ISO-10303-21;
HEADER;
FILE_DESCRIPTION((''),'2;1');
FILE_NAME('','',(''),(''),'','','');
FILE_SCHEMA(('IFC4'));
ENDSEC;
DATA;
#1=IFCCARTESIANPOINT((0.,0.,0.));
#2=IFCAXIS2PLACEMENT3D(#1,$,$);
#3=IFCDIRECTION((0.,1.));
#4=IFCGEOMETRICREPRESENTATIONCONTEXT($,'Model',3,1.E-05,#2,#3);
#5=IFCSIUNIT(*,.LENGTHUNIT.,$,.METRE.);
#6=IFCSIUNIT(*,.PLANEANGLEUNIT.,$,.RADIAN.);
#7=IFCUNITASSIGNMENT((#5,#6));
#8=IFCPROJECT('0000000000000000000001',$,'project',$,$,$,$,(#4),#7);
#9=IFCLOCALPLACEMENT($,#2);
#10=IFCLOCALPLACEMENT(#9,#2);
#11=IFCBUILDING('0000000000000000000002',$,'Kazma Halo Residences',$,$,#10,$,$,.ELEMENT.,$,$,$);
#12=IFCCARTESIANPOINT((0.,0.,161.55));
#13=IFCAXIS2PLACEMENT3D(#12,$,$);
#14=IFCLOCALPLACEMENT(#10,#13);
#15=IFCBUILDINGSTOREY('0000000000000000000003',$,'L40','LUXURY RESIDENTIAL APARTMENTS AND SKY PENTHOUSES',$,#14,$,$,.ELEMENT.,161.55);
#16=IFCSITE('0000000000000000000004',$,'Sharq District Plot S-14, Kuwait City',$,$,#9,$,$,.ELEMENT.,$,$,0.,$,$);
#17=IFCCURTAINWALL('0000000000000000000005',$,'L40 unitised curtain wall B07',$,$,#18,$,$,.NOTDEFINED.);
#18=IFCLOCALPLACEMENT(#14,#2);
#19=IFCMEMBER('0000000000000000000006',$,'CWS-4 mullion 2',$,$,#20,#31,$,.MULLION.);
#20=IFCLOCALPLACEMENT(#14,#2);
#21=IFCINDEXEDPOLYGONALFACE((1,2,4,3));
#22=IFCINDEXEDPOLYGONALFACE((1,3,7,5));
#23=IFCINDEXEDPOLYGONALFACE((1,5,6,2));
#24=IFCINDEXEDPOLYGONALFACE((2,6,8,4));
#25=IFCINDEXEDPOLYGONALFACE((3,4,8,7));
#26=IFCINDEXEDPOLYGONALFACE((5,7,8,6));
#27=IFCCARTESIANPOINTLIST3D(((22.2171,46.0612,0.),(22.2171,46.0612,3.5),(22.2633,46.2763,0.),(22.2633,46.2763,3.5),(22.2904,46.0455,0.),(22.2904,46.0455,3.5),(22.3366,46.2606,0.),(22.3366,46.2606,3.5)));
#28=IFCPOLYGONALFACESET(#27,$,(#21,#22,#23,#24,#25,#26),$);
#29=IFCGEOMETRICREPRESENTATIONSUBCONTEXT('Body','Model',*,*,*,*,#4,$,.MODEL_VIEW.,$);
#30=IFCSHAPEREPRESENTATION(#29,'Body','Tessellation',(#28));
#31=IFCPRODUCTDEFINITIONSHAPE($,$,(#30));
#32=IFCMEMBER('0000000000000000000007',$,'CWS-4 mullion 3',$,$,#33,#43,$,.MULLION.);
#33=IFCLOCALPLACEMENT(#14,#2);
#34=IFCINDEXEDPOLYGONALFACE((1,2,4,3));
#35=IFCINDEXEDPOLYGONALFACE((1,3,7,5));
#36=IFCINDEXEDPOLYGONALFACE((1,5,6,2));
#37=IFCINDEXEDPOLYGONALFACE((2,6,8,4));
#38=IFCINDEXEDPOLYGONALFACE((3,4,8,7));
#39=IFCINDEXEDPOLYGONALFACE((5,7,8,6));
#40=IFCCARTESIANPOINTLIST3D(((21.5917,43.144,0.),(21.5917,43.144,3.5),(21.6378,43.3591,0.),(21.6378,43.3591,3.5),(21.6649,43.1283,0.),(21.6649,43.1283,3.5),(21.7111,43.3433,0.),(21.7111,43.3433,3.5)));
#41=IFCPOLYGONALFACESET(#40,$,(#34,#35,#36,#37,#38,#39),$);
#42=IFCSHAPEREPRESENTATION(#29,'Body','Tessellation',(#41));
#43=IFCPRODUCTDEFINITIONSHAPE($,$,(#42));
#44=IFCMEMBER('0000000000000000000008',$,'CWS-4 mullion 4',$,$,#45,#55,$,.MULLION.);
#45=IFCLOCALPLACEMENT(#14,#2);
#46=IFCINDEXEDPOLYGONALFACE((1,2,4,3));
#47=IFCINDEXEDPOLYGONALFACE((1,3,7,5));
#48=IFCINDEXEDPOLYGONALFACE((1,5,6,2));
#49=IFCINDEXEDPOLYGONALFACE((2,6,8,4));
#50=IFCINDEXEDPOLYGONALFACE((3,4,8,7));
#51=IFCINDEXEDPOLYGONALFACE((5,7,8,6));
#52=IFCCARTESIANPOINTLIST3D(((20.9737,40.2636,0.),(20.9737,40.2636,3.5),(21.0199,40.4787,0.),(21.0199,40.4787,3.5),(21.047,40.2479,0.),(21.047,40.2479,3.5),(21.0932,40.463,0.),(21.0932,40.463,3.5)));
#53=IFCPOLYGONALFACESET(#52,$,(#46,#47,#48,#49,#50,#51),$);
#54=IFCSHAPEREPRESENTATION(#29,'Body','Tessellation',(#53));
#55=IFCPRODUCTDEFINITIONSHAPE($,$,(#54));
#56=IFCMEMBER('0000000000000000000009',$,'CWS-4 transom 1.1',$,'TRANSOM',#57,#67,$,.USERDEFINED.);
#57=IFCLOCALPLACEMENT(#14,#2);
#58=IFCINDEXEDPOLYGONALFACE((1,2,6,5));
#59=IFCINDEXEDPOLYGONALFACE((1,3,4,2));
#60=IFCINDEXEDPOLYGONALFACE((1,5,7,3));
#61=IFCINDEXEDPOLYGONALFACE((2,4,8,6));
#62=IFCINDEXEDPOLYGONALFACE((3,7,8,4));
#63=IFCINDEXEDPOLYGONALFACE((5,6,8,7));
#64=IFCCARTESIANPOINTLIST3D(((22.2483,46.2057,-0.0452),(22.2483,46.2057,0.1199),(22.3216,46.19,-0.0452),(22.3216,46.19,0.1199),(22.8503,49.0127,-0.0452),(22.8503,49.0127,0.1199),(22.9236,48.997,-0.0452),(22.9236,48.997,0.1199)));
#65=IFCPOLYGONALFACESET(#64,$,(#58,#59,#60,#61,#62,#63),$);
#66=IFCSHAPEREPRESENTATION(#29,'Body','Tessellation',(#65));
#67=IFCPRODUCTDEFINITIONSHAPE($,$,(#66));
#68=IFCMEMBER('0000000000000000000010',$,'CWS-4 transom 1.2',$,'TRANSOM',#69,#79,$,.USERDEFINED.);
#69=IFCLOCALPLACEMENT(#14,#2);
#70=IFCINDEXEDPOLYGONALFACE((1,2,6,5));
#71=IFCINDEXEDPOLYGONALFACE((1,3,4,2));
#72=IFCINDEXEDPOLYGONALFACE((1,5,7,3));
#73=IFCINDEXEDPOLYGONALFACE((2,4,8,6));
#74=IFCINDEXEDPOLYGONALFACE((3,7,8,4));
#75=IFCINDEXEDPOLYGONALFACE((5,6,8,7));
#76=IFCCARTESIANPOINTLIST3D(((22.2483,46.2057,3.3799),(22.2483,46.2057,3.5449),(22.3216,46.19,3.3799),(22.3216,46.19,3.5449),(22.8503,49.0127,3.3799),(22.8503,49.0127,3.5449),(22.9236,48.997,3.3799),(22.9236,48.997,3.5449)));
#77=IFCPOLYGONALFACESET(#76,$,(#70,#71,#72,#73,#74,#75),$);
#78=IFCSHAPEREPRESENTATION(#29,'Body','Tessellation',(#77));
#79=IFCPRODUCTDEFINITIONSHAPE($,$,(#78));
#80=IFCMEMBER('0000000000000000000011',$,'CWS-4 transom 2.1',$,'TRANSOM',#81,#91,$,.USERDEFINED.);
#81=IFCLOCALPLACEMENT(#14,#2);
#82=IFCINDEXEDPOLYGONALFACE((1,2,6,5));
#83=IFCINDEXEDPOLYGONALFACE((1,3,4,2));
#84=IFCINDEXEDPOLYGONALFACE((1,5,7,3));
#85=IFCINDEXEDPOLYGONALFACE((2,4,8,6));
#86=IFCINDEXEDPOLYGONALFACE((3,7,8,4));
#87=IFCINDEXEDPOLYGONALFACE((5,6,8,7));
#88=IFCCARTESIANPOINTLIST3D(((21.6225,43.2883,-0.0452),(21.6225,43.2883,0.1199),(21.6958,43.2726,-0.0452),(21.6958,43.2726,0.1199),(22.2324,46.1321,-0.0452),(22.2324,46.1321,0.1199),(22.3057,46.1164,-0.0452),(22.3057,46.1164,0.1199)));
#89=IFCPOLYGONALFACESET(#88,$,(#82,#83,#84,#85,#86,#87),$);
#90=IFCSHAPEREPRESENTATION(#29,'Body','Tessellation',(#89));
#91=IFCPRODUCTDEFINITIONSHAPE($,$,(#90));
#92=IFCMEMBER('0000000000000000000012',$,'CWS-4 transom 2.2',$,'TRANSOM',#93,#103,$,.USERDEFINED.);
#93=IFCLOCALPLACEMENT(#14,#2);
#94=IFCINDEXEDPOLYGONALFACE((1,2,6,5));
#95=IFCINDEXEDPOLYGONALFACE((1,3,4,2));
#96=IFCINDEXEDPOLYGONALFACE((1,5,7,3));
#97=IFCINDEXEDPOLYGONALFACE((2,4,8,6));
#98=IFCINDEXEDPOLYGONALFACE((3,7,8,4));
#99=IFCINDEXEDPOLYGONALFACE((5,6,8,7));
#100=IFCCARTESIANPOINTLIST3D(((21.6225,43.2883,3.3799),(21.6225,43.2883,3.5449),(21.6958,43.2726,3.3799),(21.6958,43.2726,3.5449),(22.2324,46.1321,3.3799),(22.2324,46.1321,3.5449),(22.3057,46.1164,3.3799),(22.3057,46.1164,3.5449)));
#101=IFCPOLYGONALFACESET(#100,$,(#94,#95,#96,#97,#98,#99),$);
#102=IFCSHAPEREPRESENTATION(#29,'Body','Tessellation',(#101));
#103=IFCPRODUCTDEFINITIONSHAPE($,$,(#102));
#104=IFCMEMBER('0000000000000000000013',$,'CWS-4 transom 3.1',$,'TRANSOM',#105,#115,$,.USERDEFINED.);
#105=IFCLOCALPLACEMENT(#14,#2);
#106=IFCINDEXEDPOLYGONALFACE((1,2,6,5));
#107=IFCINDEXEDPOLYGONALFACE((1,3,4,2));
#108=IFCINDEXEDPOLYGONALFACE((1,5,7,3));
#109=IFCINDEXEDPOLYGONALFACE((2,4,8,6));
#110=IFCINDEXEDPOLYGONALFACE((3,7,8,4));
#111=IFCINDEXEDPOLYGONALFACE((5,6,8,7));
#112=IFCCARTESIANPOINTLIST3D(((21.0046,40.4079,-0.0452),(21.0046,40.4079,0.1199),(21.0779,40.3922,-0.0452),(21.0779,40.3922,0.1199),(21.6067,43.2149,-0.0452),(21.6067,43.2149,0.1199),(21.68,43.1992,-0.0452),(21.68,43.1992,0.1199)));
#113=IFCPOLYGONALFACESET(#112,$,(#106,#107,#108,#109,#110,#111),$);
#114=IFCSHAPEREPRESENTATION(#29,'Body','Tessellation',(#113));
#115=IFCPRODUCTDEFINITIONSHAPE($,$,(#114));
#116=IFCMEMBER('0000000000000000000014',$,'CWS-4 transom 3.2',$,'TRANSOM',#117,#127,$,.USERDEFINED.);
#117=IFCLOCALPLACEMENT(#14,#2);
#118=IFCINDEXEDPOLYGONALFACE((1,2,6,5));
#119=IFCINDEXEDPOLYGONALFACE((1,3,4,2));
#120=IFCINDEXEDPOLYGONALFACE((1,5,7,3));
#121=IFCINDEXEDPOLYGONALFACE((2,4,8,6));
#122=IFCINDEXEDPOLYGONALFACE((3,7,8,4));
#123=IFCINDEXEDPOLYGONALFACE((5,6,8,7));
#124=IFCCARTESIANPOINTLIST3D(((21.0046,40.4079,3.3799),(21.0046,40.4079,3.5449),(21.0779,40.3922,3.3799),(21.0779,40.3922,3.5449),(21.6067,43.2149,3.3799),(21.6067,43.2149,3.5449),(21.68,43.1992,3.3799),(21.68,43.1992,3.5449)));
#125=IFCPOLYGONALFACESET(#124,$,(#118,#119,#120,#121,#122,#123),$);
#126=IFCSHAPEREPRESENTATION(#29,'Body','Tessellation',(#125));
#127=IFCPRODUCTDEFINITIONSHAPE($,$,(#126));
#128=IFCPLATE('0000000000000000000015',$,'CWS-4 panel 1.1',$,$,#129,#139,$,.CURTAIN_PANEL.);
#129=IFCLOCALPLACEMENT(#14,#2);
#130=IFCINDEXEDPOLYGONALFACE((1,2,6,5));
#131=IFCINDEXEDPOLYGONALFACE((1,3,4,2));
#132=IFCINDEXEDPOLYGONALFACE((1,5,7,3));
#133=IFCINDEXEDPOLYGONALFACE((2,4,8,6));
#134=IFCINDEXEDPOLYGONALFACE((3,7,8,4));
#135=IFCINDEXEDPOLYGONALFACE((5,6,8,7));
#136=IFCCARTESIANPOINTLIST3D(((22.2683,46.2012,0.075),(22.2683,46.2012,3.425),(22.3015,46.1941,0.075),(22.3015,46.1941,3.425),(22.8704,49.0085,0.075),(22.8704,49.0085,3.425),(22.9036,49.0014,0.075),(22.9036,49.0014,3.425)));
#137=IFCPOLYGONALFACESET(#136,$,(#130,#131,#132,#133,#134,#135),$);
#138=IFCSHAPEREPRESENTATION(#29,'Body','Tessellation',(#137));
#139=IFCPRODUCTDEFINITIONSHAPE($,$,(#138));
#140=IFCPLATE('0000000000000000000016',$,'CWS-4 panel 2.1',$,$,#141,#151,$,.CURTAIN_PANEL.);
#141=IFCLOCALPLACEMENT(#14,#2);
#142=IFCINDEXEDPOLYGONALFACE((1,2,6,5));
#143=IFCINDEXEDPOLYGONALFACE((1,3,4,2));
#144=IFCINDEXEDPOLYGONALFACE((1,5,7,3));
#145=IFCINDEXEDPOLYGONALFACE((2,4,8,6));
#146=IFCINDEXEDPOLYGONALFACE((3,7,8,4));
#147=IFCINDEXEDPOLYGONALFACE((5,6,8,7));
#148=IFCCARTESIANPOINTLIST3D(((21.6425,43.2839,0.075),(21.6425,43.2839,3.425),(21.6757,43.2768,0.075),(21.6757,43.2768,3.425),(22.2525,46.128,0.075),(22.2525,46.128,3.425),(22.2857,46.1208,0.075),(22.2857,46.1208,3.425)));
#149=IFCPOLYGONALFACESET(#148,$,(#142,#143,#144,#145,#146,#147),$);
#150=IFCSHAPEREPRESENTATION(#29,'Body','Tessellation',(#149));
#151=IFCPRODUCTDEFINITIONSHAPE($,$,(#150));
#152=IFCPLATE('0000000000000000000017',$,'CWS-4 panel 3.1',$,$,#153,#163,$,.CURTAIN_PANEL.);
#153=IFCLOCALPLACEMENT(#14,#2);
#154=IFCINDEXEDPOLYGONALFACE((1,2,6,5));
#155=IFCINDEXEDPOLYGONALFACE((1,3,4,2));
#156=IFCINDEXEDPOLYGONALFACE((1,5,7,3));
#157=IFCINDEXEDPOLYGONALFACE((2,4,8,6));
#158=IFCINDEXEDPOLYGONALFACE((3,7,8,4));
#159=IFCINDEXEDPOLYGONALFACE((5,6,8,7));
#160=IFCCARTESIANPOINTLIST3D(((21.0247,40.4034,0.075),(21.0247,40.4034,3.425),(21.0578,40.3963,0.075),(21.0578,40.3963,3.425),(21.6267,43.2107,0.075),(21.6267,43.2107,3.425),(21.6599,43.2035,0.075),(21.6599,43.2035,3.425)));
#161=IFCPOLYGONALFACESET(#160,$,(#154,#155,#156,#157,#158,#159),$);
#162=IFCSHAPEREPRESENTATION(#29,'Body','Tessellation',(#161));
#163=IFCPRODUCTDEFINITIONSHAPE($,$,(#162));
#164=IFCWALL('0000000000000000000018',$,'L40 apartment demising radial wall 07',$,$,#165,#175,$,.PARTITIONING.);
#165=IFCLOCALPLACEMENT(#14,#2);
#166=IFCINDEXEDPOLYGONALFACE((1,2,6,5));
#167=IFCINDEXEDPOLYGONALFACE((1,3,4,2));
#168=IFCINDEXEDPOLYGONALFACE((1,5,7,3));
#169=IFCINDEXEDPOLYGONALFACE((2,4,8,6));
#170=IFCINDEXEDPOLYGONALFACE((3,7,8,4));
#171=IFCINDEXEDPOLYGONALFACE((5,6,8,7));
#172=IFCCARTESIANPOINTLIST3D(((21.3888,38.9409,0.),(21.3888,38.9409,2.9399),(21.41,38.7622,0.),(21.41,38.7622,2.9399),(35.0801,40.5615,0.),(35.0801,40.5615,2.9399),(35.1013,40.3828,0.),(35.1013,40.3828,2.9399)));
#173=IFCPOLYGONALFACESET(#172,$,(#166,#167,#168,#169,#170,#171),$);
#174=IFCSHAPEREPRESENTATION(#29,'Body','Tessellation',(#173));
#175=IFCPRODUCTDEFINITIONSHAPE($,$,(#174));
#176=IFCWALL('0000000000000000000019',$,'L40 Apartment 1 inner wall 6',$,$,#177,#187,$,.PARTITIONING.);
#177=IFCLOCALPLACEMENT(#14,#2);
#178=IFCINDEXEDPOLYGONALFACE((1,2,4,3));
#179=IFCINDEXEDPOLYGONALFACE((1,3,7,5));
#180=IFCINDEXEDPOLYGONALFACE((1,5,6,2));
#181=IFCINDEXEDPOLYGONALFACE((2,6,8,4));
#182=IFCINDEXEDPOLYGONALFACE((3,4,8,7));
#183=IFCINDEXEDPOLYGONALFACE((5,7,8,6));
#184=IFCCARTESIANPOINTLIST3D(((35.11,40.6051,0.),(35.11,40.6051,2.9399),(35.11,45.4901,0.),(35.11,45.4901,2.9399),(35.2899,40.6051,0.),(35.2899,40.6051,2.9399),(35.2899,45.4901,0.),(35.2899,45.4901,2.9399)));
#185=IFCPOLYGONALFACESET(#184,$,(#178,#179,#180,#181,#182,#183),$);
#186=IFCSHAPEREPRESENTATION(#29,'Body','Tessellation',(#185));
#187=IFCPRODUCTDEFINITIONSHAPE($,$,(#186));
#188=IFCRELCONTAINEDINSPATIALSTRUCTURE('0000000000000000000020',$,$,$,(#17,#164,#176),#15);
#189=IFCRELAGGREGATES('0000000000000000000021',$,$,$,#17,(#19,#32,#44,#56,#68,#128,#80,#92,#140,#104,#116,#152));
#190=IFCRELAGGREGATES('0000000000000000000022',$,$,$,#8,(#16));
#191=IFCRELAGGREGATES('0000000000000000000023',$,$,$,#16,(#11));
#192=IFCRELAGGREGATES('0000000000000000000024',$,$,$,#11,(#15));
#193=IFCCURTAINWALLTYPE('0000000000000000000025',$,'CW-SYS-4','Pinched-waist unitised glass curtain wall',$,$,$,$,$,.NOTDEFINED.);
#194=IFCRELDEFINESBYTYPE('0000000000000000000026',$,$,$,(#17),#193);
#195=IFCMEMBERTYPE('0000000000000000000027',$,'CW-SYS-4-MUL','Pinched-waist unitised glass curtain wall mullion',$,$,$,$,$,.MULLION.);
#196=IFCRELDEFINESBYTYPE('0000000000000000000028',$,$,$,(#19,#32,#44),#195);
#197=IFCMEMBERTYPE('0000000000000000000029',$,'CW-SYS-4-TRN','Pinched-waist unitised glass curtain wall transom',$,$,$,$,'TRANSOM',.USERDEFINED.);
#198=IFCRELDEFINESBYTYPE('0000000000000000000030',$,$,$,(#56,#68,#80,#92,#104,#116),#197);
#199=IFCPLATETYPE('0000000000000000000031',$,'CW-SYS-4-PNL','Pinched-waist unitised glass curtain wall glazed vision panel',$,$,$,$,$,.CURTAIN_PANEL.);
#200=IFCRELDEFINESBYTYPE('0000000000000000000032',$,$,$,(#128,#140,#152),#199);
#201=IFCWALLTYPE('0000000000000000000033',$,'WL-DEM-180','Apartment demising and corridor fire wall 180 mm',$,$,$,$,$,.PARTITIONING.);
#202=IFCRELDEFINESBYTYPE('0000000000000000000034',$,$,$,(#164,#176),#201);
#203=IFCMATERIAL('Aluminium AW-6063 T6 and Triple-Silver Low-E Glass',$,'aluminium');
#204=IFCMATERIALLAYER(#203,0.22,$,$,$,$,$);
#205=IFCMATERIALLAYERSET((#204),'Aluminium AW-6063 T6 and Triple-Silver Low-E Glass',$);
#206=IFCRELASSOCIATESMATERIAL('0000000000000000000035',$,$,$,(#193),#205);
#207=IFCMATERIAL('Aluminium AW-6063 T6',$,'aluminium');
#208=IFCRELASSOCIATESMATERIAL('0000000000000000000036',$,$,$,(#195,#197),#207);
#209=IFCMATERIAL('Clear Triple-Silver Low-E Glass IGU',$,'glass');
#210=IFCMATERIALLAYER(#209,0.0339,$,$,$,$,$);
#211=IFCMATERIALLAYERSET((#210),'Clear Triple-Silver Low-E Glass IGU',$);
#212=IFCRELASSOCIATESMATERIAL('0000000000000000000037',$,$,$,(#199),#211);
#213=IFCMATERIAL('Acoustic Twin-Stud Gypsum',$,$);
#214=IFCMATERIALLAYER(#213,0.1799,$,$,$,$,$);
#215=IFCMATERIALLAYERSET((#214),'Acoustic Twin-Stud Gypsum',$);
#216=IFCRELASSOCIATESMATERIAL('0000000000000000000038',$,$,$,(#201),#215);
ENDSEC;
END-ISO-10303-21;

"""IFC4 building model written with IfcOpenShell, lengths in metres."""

from ifc_helpers import new_model, si_unit, direction, frame, frame_2d, origin, origin_2d, place, context, subcontext, project, spatial, rectangle, extrude, material, layer, layer_set, material_profile, profile_set, type_object, element, aggregate, save


model = new_model("IFC4")

# Units and contexts
model_context = context("Model", 3, precision=1e-05, world=origin(), true_north=direction((0.0, 1.0)))
body_context = subcontext(model_context, "Body", "Model", "MODEL_VIEW")
ifc_project = project(units=[si_unit("LENGTHUNIT", "METRE"), si_unit("PLANEANGLEUNIT", "RADIAN")], contexts=[model_context])

# Site, building, storey
site_placement = place(None, origin())
site = spatial("IfcSite", under=ifc_project, at=site_placement, Name="Sharq District Plot S-14, Kuwait City", CompositionType="ELEMENT", RefElevation=0.0)
building_placement = place(site_placement, origin())
building = spatial("IfcBuilding", under=site, at=building_placement, Name="Kazma Halo Residences", CompositionType="ELEMENT")
storey_placement = place(building_placement, frame((0.0, 0.0, 161.55)))
storey = spatial("IfcBuildingStorey", under=building, at=storey_placement, Name="L40", Description="LUXURY RESIDENTIAL APARTMENTS AND SKY PENTHOUSES", CompositionType="ELEMENT", Elevation=161.55)

# Curtain wall, members, plates
ifc_material_1 = material(Name="Aluminium AW-6063 T6 and Triple-Silver Low-E Glass", Category="aluminium")
ifc_layer_1 = layer(ifc_material_1, 0.22)
ifc_layer_set_1 = layer_set([ifc_layer_1], Name="Aluminium AW-6063 T6 and Triple-Silver Low-E Glass")
curtain_wall_type = type_object("IfcCurtainWallType", Name="CW-SYS-4", Description="Pinched-waist unitised glass curtain wall", PredefinedType="NOTDEFINED", material=ifc_layer_set_1)
curtain_wall_placement = place(storey_placement, origin())
curtain_wall = element("IfcCurtainWall", 1, at=curtain_wall_placement, inside=storey, type_object=curtain_wall_type, Name="L40 unitised curtain wall B07", PredefinedType="NOTDEFINED")
ifc_material_2 = material(Name="Aluminium AW-6063 T6", Category="aluminium")
ifc_material_profile_1 = material_profile(ifc_material_2, rectangle(XDim=0.075, YDim=0.22, at=origin_2d()), Name="CWM-75x220")
ifc_profile_set_1 = profile_set([ifc_material_profile_1], Name="Aluminium AW-6063 T6")
member_type_1 = type_object("IfcMemberType", Name="CW-SYS-4-MUL", Description="Pinched-waist unitised glass curtain wall mullion", PredefinedType="MULLION", material=ifc_profile_set_1)
member_1_placement = place(storey_placement, frame((22.2769, 46.1609, 0.0), z_axis=(0.0, 0.0, 1.0), x_axis=(0.977765, -0.209704, 0.0)))
member_1 = element("IfcMember", 2, at=member_1_placement, type_object=member_type_1, Name="CWS-4 mullion 2", PredefinedType="MULLION", context=body_context, shape_type="SweptSolid", body=[
    extrude(rectangle(XDim=0.075, YDim=0.22, at=origin_2d()), origin(), (0.0, 0.0, 1.0), 3.5),
])
member_2_placement = place(storey_placement, frame((21.6514, 43.2437, 0.0), z_axis=(0.0, 0.0, 1.0), x_axis=(0.977765, -0.209704, 0.0)))
member_2 = element("IfcMember", 3, at=member_2_placement, type_object=member_type_1, Name="CWS-4 mullion 3", PredefinedType="MULLION", context=body_context, shape_type="SweptSolid", body=[
    extrude(rectangle(XDim=0.075, YDim=0.22, at=origin_2d()), origin(), (0.0, 0.0, 1.0), 3.5),
])
member_3_placement = place(storey_placement, frame((21.0334, 40.3633, 0.0), z_axis=(0.0, 0.0, 1.0), x_axis=(0.977765, -0.209704, 0.0)))
member_3 = element("IfcMember", 4, at=member_3_placement, type_object=member_type_1, Name="CWS-4 mullion 4", PredefinedType="MULLION", context=body_context, shape_type="SweptSolid", body=[
    extrude(rectangle(XDim=0.075, YDim=0.22, at=origin_2d()), origin(), (0.0, 0.0, 1.0), 3.5),
])
ifc_material_profile_2 = material_profile(ifc_material_2, rectangle(XDim=0.075, YDim=0.165, at=origin_2d()), Name="CWT-75x165")
ifc_profile_set_2 = profile_set([ifc_material_profile_2], Name="Aluminium AW-6063 T6")
member_type_2 = type_object("IfcMemberType", Name="CW-SYS-4-TRN", Description="Pinched-waist unitised glass curtain wall transom", ElementType="TRANSOM", PredefinedType="USERDEFINED", material=ifc_profile_set_2)
member_4_placement = place(storey_placement, frame((22.887, 49.0049, 0.0374), z_axis=(-0.209703, -0.977765, 0.0), x_axis=(0.977765, -0.209703, 0.0)))
member_4 = element("IfcMember", 5, at=member_4_placement, type_object=member_type_2, Name="CWS-4 transom 1.1", ObjectType="TRANSOM", PredefinedType="USERDEFINED", context=body_context, shape_type="SweptSolid", body=[
    extrude(rectangle(XDim=0.075, YDim=0.165, at=origin_2d()), origin(), (0.0, 0.0, 1.0), 2.8708),
])
member_5_placement = place(storey_placement, frame((22.887, 49.0049, 3.4624), z_axis=(-0.209703, -0.977765, 0.0), x_axis=(0.977765, -0.209703, 0.0)))
member_5 = element("IfcMember", 6, at=member_5_placement, type_object=member_type_2, Name="CWS-4 transom 1.2", ObjectType="TRANSOM", PredefinedType="USERDEFINED", context=body_context, shape_type="SweptSolid", body=[
    extrude(rectangle(XDim=0.075, YDim=0.165, at=origin_2d()), origin(), (0.0, 0.0, 1.0), 2.8708),
])
member_6_placement = place(storey_placement, frame((22.269, 46.1243, 0.0374), z_axis=(-0.20969, -0.977768, 0.0), x_axis=(0.977768, -0.20969, 0.0)))
member_6 = element("IfcMember", 7, at=member_6_placement, type_object=member_type_2, Name="CWS-4 transom 2.1", ObjectType="TRANSOM", PredefinedType="USERDEFINED", context=body_context, shape_type="SweptSolid", body=[
    extrude(rectangle(XDim=0.075, YDim=0.165, at=origin_2d()), origin(), (0.0, 0.0, 1.0), 2.9084),
])
member_7_placement = place(storey_placement, frame((22.269, 46.1243, 3.4624), z_axis=(-0.20969, -0.977768, 0.0), x_axis=(0.977768, -0.20969, 0.0)))
member_7 = element("IfcMember", 8, at=member_7_placement, type_object=member_type_2, Name="CWS-4 transom 2.2", ObjectType="TRANSOM", PredefinedType="USERDEFINED", context=body_context, shape_type="SweptSolid", body=[
    extrude(rectangle(XDim=0.075, YDim=0.165, at=origin_2d()), origin(), (0.0, 0.0, 1.0), 2.9084),
])
member_8_placement = place(storey_placement, frame((21.6433, 43.207, 0.0374), z_axis=(-0.209703, -0.977765, 0.0), x_axis=(0.977765, -0.209703, 0.0)))
member_8 = element("IfcMember", 9, at=member_8_placement, type_object=member_type_2, Name="CWS-4 transom 3.1", ObjectType="TRANSOM", PredefinedType="USERDEFINED", context=body_context, shape_type="SweptSolid", body=[
    extrude(rectangle(XDim=0.075, YDim=0.165, at=origin_2d()), origin(), (0.0, 0.0, 1.0), 2.8708),
])
member_9_placement = place(storey_placement, frame((21.6433, 43.207, 3.4624), z_axis=(-0.209703, -0.977765, 0.0), x_axis=(0.977765, -0.209703, 0.0)))
member_9 = element("IfcMember", 10, at=member_9_placement, type_object=member_type_2, Name="CWS-4 transom 3.2", ObjectType="TRANSOM", PredefinedType="USERDEFINED", context=body_context, shape_type="SweptSolid", body=[
    extrude(rectangle(XDim=0.075, YDim=0.165, at=origin_2d()), origin(), (0.0, 0.0, 1.0), 2.8708),
])
ifc_material_3 = material(Name="Clear Triple-Silver Low-E Glass IGU", Category="glass")
ifc_layer_2 = layer(ifc_material_3, 0.0339)
ifc_layer_set_2 = layer_set([ifc_layer_2], Name="Clear Triple-Silver Low-E Glass IGU")
plate_type = type_object("IfcPlateType", Name="CW-SYS-4-PNL", Description="Pinched-waist unitised glass curtain wall glazed vision panel", PredefinedType="CURTAIN_PANEL", material=ifc_layer_set_2)
plate_1_placement = place(storey_placement, frame((22.5859, 47.6013, 0.075), z_axis=(0.0, 0.0, 1.0), x_axis=(-0.209704, -0.977765, 0.0)))
plate_1 = element("IfcPlate", 11, at=plate_1_placement, type_object=plate_type, Name="CWS-4 panel 1.1", PredefinedType="CURTAIN_PANEL", context=body_context, shape_type="SweptSolid", body=[
    extrude(rectangle(XDim=2.8711, YDim=0.0339, at=origin_2d()), origin(), (0.0, 0.0, 1.0), 3.3501),
])
plate_2_placement = place(storey_placement, frame((21.9641, 44.7024, 0.075), z_axis=(0.0, 0.0, 1.0), x_axis=(-0.209704, -0.977765, 0.0)))
plate_2 = element("IfcPlate", 12, at=plate_2_placement, type_object=plate_type, Name="CWS-4 panel 2.1", PredefinedType="CURTAIN_PANEL", context=body_context, shape_type="SweptSolid", body=[
    extrude(rectangle(XDim=2.9087, YDim=0.0339, at=origin_2d()), origin(), (0.0, 0.0, 1.0), 3.3501),
])
plate_3_placement = place(storey_placement, frame((21.3423, 41.8035, 0.075), z_axis=(0.0, 0.0, 1.0), x_axis=(-0.209704, -0.977765, 0.0)))
plate_3 = element("IfcPlate", 13, at=plate_3_placement, type_object=plate_type, Name="CWS-4 panel 3.1", PredefinedType="CURTAIN_PANEL", context=body_context, shape_type="SweptSolid", body=[
    extrude(rectangle(XDim=2.8711, YDim=0.0339, at=origin_2d()), origin(), (0.0, 0.0, 1.0), 3.3501),
])
aggregate(curtain_wall, [member_1, member_2, member_3, member_4, member_5, plate_1, member_6, member_7, plate_2, member_8, member_9, plate_3])

# Walls
ifc_material_4 = material(Name="Acoustic Twin-Stud Gypsum")
ifc_layer_3 = layer(ifc_material_4, 0.1799)
ifc_layer_set_3 = layer_set([ifc_layer_3], Name="Acoustic Twin-Stud Gypsum")
wall_type_1 = type_object("IfcWallType", Name="WL-DEM-180", Description="Apartment demising and corridor fire wall 180 mm", PredefinedType="PARTITIONING", material=ifc_layer_set_3)
wall_1_placement = place(storey_placement, frame((35.0908, 40.4722, 0.0), z_axis=(0.0, 0.0, 1.0), x_axis=(-0.993067, -0.117546, 0.0)))
element("IfcWall", 14, at=wall_1_placement, inside=storey, type_object=wall_type_1, Name="L40 apartment demising radial wall 07", PredefinedType="PARTITIONING", context=body_context, shape_type="SweptSolid", body=[
    extrude(rectangle(XDim=13.7869, YDim=0.1799, at=frame_2d((6.8936, 0.0))), origin(), (0.0, 0.0, 1.0), 2.9399),
])
wall_2_placement = place(storey_placement, frame((35.2, 45.49, 0.0), z_axis=(0.0, 0.0, 1.0), x_axis=(0.0, -1.0, 0.0)))
element("IfcWall", 15, at=wall_2_placement, inside=storey, type_object=wall_type_1, Name="L40 Apartment 1 inner wall 6", PredefinedType="PARTITIONING", context=body_context, shape_type="SweptSolid", body=[
    extrude(rectangle(XDim=4.885, YDim=0.1799, at=frame_2d((2.4424, 0.0))), origin(), (0.0, 0.0, 1.0), 2.9399),
])

save(model, "model.ifc")
